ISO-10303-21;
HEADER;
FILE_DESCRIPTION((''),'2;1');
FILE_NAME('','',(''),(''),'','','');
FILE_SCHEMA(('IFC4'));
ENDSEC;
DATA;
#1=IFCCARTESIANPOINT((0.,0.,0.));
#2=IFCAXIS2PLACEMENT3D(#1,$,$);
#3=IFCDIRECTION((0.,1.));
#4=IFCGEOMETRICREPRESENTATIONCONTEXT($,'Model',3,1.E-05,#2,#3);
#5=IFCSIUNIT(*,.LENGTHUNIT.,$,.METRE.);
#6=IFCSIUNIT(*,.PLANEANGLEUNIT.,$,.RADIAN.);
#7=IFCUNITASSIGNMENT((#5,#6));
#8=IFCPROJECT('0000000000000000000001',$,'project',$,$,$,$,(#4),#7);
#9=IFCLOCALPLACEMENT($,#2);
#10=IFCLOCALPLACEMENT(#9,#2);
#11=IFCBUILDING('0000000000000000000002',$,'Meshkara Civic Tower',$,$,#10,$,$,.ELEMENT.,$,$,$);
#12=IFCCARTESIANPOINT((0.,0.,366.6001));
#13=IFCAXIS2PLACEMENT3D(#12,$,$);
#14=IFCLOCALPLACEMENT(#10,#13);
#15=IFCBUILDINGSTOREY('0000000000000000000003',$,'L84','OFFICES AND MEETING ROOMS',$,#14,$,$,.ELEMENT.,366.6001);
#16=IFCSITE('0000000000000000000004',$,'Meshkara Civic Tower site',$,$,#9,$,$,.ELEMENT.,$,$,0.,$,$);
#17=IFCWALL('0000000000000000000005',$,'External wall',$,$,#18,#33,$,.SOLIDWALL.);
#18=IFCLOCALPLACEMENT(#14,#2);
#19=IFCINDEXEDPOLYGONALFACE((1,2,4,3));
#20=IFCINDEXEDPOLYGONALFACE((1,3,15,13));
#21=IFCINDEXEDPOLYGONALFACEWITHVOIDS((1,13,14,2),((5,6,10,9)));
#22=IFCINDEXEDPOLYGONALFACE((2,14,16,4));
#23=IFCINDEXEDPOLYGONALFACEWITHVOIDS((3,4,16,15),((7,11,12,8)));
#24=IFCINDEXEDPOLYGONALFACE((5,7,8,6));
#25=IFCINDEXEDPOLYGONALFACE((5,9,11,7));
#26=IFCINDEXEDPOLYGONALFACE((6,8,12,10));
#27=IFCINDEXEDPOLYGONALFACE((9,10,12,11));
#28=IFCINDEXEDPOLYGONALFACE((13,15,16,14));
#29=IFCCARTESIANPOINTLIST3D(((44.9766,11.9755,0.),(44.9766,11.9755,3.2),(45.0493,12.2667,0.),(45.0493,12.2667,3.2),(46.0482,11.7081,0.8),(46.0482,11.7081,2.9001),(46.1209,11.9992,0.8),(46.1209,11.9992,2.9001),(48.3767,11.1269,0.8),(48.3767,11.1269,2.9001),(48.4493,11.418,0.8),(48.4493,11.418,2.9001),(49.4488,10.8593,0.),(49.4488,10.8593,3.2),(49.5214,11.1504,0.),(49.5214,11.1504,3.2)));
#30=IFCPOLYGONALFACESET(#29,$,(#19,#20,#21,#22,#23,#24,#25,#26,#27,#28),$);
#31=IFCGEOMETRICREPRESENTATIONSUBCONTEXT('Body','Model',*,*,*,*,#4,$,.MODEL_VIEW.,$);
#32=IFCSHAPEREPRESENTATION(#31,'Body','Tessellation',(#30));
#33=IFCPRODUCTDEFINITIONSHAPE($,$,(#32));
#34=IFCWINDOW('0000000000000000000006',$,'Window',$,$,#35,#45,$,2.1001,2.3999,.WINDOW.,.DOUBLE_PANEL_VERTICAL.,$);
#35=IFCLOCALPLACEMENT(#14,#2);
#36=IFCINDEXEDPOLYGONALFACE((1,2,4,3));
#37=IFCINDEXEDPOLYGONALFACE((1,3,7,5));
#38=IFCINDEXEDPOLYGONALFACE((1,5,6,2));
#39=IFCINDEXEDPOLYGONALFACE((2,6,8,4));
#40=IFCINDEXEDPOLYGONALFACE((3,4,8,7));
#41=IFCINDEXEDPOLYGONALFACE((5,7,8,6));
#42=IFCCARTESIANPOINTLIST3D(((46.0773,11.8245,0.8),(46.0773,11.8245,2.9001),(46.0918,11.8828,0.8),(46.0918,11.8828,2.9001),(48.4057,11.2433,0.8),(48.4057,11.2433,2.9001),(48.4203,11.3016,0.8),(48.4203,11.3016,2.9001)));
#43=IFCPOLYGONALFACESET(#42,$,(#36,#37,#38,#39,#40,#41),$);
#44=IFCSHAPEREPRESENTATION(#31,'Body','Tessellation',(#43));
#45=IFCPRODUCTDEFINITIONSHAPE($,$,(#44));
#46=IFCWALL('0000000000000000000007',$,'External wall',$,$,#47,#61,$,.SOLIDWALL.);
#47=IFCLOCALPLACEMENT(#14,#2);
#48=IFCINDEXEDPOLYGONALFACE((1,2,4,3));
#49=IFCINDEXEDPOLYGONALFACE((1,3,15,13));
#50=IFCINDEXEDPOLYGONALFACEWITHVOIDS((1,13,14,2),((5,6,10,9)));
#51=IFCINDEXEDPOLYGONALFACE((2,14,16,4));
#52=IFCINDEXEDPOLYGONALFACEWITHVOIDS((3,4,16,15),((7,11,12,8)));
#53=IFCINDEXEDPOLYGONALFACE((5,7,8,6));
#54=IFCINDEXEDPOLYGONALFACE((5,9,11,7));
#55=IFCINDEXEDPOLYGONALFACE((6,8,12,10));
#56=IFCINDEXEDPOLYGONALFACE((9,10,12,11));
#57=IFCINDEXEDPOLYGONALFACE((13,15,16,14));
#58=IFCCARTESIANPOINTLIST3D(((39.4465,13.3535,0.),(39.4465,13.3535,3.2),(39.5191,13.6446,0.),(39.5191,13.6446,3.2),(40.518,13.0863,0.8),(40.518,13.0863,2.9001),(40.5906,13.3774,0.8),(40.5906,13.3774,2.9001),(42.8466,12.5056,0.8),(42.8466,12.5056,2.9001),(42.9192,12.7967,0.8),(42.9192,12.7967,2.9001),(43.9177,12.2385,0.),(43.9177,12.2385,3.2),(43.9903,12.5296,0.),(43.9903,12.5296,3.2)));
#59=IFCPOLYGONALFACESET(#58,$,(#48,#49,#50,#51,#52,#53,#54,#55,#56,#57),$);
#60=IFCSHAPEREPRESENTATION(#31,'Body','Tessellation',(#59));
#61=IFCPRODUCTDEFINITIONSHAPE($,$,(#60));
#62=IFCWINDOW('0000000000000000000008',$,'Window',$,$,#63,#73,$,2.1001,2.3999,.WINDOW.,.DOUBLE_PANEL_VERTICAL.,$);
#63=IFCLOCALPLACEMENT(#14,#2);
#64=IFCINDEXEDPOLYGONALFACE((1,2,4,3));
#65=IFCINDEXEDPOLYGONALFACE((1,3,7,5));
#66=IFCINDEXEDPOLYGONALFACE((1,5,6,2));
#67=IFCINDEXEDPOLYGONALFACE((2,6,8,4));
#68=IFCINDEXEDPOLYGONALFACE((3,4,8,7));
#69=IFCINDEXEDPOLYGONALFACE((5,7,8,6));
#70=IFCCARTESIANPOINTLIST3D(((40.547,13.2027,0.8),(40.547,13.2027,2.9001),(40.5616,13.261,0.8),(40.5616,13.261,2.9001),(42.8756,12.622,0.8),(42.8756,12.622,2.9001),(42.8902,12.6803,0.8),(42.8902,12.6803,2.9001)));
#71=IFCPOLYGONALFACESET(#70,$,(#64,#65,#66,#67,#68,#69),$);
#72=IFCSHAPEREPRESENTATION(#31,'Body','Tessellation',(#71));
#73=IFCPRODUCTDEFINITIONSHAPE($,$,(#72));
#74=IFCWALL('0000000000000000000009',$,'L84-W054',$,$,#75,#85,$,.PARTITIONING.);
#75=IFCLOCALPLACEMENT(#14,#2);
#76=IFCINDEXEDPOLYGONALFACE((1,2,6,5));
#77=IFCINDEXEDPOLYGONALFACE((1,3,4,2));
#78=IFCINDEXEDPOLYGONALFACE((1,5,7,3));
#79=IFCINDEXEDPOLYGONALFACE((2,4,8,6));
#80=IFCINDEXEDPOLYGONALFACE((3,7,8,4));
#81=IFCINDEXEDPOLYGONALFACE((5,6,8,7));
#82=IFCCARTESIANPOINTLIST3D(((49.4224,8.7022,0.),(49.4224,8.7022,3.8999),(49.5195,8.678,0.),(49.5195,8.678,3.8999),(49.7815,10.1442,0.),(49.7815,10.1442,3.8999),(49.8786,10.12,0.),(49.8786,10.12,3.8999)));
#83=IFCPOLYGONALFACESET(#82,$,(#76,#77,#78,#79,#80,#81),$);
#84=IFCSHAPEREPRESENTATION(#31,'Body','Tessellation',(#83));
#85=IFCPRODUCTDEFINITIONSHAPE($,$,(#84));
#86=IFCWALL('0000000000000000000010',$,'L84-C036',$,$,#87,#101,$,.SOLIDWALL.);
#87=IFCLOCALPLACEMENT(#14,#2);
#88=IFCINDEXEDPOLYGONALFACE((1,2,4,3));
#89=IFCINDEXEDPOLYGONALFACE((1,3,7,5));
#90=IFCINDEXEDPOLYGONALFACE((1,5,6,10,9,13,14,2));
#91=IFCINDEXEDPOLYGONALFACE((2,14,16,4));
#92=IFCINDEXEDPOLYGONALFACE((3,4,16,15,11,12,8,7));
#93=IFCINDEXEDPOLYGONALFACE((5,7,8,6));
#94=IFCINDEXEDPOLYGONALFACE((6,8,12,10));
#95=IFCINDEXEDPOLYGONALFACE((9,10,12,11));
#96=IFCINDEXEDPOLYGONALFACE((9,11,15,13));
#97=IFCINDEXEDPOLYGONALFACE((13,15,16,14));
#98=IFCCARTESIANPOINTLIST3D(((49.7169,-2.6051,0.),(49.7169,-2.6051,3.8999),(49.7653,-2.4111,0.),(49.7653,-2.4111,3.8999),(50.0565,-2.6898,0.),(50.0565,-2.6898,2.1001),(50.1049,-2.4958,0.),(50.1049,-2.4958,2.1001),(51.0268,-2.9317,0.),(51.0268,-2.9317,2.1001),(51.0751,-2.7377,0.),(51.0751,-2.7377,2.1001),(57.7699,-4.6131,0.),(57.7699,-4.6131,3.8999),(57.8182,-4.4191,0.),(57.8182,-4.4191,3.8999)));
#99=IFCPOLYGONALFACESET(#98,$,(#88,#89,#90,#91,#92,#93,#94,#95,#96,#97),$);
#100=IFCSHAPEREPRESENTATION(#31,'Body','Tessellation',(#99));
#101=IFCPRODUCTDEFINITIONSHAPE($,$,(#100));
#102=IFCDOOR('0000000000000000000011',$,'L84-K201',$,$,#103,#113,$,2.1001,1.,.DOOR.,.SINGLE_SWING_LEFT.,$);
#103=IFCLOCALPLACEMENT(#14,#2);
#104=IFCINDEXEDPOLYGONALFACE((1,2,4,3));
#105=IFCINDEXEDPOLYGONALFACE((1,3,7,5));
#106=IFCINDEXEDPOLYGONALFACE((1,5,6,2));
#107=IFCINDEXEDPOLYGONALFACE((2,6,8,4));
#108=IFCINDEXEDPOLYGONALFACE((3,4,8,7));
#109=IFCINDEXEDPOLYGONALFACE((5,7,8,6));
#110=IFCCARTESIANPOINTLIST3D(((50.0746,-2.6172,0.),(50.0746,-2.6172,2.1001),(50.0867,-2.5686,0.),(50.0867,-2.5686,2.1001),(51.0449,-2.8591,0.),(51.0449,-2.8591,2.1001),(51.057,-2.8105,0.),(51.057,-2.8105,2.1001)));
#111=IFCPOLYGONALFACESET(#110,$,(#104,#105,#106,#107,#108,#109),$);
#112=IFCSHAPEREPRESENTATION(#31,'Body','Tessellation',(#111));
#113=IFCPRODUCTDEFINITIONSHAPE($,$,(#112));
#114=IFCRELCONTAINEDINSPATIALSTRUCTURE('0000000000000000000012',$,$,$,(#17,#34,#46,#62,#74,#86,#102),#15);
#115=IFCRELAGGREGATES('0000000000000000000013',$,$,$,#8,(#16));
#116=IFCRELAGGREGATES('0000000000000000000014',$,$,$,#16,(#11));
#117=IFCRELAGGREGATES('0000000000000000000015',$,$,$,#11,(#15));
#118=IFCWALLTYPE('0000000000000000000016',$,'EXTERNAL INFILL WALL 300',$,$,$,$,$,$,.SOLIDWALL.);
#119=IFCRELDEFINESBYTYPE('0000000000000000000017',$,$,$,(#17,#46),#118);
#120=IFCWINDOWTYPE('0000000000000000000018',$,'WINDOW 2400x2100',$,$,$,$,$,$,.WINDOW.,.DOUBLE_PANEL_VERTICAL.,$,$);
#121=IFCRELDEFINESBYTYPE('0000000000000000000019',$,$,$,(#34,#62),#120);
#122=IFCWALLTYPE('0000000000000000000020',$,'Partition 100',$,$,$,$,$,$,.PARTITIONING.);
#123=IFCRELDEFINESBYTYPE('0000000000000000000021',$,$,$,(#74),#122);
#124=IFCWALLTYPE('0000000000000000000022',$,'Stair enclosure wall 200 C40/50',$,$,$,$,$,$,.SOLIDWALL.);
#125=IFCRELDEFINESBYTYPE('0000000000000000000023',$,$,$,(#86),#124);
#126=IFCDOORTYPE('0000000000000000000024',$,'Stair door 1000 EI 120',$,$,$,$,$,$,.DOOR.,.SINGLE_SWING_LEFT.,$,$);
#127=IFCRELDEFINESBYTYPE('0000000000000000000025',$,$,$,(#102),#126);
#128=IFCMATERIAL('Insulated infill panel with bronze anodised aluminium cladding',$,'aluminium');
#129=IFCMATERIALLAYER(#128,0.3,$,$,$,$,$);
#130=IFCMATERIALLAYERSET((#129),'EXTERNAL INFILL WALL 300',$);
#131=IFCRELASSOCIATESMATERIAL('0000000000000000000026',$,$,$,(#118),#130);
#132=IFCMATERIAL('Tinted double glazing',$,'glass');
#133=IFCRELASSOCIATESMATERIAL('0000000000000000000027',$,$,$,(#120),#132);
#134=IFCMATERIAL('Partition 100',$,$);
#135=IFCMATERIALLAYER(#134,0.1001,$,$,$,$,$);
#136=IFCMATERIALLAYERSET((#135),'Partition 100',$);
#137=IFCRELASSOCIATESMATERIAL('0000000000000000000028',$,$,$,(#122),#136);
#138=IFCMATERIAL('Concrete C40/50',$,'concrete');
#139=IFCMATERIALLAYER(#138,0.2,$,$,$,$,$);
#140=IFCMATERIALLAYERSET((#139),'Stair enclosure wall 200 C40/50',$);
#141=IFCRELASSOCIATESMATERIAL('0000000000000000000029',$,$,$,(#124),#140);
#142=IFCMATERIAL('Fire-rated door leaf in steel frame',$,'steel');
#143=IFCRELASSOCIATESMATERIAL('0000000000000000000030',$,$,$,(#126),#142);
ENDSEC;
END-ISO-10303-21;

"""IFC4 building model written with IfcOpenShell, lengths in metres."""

from ifc_helpers import new_model, si_unit, direction, frame, frame_2d, origin, place, context, subcontext, project, spatial, rectangle, extrude, material, layer, layer_set, type_object, element, fill, save


model = new_model("IFC4")

# Units and contexts
model_context = context("Model", 3, precision=1e-05, world=origin(), true_north=direction((0.0, 1.0)))
body_context = subcontext(model_context, "Body", "Model", "MODEL_VIEW")
ifc_project = project(units=[si_unit("LENGTHUNIT", "METRE"), si_unit("PLANEANGLEUNIT", "RADIAN")], contexts=[model_context])

# Site, building, storey
site_placement = place(None, origin())
site = spatial("IfcSite", under=ifc_project, at=site_placement, Name="Meshkara Civic Tower site", CompositionType="ELEMENT", RefElevation=0.0)
building_placement = place(site_placement, origin())
building = spatial("IfcBuilding", under=site, at=building_placement, Name="Meshkara Civic Tower", CompositionType="ELEMENT")
storey_placement = place(building_placement, frame((0.0, 0.0, 366.6001)))
storey = spatial("IfcBuildingStorey", under=building, at=storey_placement, Name="L84", Description="OFFICES AND MEETING ROOMS", CompositionType="ELEMENT", Elevation=366.6001)

# Walls, openings, windows
ifc_material_1 = material(Name="Insulated infill panel with bronze anodised aluminium cladding", Category="aluminium")
ifc_layer_1 = layer(ifc_material_1, 0.3)
ifc_layer_set_1 = layer_set([ifc_layer_1], Name="EXTERNAL INFILL WALL 300")
wall_type_1 = type_object("IfcWallType", Name="EXTERNAL INFILL WALL 300", PredefinedType="SOLIDWALL", material=ifc_layer_set_1)
wall_1_placement = place(storey_placement, frame((49.4851, 11.0049, 0.0), z_axis=(0.0, 0.0, 1.0), x_axis=(-0.970236, 0.242162, 0.0)))
wall_1 = element("IfcWall", 1, at=wall_1_placement, inside=storey, type_object=wall_type_1, Name="External wall", PredefinedType="SOLIDWALL", context=body_context, shape_type="SweptSolid", body=[
    extrude(rectangle(XDim=4.6094, YDim=0.3, at=frame_2d((2.3047, 0.0))), origin(), (0.0, 0.0, 1.0), 3.2),
])
opening_1_placement = place(wall_1_placement, frame((1.105, 0.0, 0.8)))
opening_1 = element("IfcOpeningElement", 2, at=opening_1_placement, cuts=wall_1, PredefinedType="OPENING", context=body_context, shape_type="SweptSolid", body=[
    extrude(rectangle(XDim=2.3999, YDim=2.1001, at=frame_2d((1.2, 1.05))), frame((0.0, 0.1599, 0.0), z_axis=(0.0, -1.0, 0.0), x_axis=(1.0, 0.0, 0.0)), (0.0, 0.0, 1.0), 0.3201),
])
ifc_material_2 = material(Name="Tinted double glazing", Category="glass")
window_type = type_object("IfcWindowType", Name="WINDOW 2400x2100", PartitioningType="DOUBLE_PANEL_VERTICAL", PredefinedType="WINDOW", material=ifc_material_2)
window_1_placement = place(opening_1_placement, origin())
window_1 = element("IfcWindow", 3, at=window_1_placement, inside=storey, type_object=window_type, Name="Window", OverallHeight=2.1001, OverallWidth=2.3999, PartitioningType="DOUBLE_PANEL_VERTICAL", PredefinedType="WINDOW", context=body_context, shape_type="SweptSolid", body=[
    extrude(rectangle(XDim=2.3999, YDim=2.1001, at=frame_2d((1.2, 1.05))), frame((0.0, 0.03, 0.0), z_axis=(0.0, -1.0, 0.0), x_axis=(1.0, 0.0, 0.0)), (0.0, 0.0, 1.0), 0.0601),
])
fill(opening_1, window_1)
wall_2_placement = place(storey_placement, frame((43.9541, 12.384, 0.0), z_axis=(0.0, 0.0, 1.0), x_axis=(-0.970286, 0.241962, 0.0)))
wall_2 = element("IfcWall", 4, at=wall_2_placement, inside=storey, type_object=wall_type_1, Name="External wall", PredefinedType="SOLIDWALL", context=body_context, shape_type="SweptSolid", body=[
    extrude(rectangle(XDim=4.6082, YDim=0.3, at=frame_2d((2.3042, 0.0))), origin(), (0.0, 0.0, 1.0), 3.2),
])
opening_2_placement = place(wall_2_placement, frame((1.104, 0.0, 0.8)))
opening_2 = element("IfcOpeningElement", 5, at=opening_2_placement, cuts=wall_2, PredefinedType="OPENING", context=body_context, shape_type="SweptSolid", body=[
    extrude(rectangle(XDim=2.3999, YDim=2.1001, at=frame_2d((1.2, 1.05))), frame((0.0, 0.1599, 0.0), z_axis=(0.0, -1.0, 0.0), x_axis=(1.0, 0.0, 0.0)), (0.0, 0.0, 1.0), 0.3201),
])
window_2_placement = place(opening_2_placement, origin())
window_2 = element("IfcWindow", 6, at=window_2_placement, inside=storey, type_object=window_type, Name="Window", OverallHeight=2.1001, OverallWidth=2.3999, PartitioningType="DOUBLE_PANEL_VERTICAL", PredefinedType="WINDOW", context=body_context, shape_type="SweptSolid", body=[
    extrude(rectangle(XDim=2.3999, YDim=2.1001, at=frame_2d((1.2, 1.05))), frame((0.0, 0.03, 0.0), z_axis=(0.0, -1.0, 0.0), x_axis=(1.0, 0.0, 0.0)), (0.0, 0.0, 1.0), 0.0601),
])
fill(opening_2, window_2)

# Wall
ifc_material_3 = material(Name="Partition 100")
ifc_layer_2 = layer(ifc_material_3, 0.1001)
ifc_layer_set_2 = layer_set([ifc_layer_2], Name="Partition 100")
wall_type_2 = type_object("IfcWallType", Name="Partition 100", PredefinedType="PARTITIONING", material=ifc_layer_set_2)
wall_3_placement = place(storey_placement, frame((49.4709, 8.6899, 0.0), z_axis=(0.0, 0.0, 1.0), x_axis=(0.241647, 0.970364, 0.0)))
element("IfcWall", 7, at=wall_3_placement, inside=storey, type_object=wall_type_2, Name="L84-W054", PredefinedType="PARTITIONING", context=body_context, shape_type="SweptSolid", body=[
    extrude(rectangle(XDim=1.4861, YDim=0.1001, at=frame_2d((0.7432, 0.0))), origin(), (0.0, 0.0, 1.0), 3.8999),
])

# Wall, opening, door
ifc_material_4 = material(Name="Concrete C40/50", Category="concrete")
ifc_layer_3 = layer(ifc_material_4, 0.2)
ifc_layer_set_3 = layer_set([ifc_layer_3], Name="Stair enclosure wall 200 C40/50")
wall_type_3 = type_object("IfcWallType", Name="Stair enclosure wall 200 C40/50", PredefinedType="SOLIDWALL", material=ifc_layer_set_3)
wall_4_placement = place(storey_placement, frame((49.741, -2.5081, 0.0), z_axis=(0.0, 0.0, 1.0), x_axis=(0.970289, -0.241947, 0.0)))
wall_4 = element("IfcWall", 8, at=wall_4_placement, inside=storey, type_object=wall_type_3, Name="L84-C036", PredefinedType="SOLIDWALL", context=body_context, shape_type="SweptSolid", body=[
    extrude(rectangle(XDim=8.2996, YDim=0.2, at=frame_2d((4.1499, 0.0))), origin(), (0.0, 0.0, 1.0), 3.8999),
])
opening_3_placement = place(wall_4_placement, frame((0.3501, 0.0, 0.0)))
opening_3 = element("IfcOpeningElement", 9, at=opening_3_placement, cuts=wall_4, PredefinedType="OPENING", context=body_context, shape_type="SweptSolid", body=[
    extrude(rectangle(XDim=1.0, YDim=2.1001, at=frame_2d((0.5, 1.05))), frame((0.0, 0.1099, 0.0), z_axis=(0.0, -1.0, 0.0), x_axis=(1.0, 0.0, 0.0)), (0.0, 0.0, 1.0), 0.22),
])
ifc_material_5 = material(Name="Fire-rated door leaf in steel frame", Category="steel")
door_type_1 = type_object("IfcDoorType", Name="Stair door 1000 EI 120", OperationType="SINGLE_SWING_LEFT", PredefinedType="DOOR", material=ifc_material_5)
door_1_placement = place(opening_3_placement, origin())
door_1 = element("IfcDoor", 10, at=door_1_placement, inside=storey, type_object=door_type_1, Name="L84-K201", OperationType="SINGLE_SWING_LEFT", OverallHeight=2.1001, OverallWidth=1.0, PredefinedType="DOOR", context=body_context, shape_type="SweptSolid", body=[
    extrude(rectangle(XDim=1.0, YDim=2.1001, at=frame_2d((0.5, 1.05))), frame((0.0, 0.0249, 0.0), z_axis=(0.0, -1.0, 0.0), x_axis=(1.0, 0.0, 0.0)), (0.0, 0.0, 1.0), 0.05),
])
fill(opening_3, door_1)

save(model, "model.ifc")
